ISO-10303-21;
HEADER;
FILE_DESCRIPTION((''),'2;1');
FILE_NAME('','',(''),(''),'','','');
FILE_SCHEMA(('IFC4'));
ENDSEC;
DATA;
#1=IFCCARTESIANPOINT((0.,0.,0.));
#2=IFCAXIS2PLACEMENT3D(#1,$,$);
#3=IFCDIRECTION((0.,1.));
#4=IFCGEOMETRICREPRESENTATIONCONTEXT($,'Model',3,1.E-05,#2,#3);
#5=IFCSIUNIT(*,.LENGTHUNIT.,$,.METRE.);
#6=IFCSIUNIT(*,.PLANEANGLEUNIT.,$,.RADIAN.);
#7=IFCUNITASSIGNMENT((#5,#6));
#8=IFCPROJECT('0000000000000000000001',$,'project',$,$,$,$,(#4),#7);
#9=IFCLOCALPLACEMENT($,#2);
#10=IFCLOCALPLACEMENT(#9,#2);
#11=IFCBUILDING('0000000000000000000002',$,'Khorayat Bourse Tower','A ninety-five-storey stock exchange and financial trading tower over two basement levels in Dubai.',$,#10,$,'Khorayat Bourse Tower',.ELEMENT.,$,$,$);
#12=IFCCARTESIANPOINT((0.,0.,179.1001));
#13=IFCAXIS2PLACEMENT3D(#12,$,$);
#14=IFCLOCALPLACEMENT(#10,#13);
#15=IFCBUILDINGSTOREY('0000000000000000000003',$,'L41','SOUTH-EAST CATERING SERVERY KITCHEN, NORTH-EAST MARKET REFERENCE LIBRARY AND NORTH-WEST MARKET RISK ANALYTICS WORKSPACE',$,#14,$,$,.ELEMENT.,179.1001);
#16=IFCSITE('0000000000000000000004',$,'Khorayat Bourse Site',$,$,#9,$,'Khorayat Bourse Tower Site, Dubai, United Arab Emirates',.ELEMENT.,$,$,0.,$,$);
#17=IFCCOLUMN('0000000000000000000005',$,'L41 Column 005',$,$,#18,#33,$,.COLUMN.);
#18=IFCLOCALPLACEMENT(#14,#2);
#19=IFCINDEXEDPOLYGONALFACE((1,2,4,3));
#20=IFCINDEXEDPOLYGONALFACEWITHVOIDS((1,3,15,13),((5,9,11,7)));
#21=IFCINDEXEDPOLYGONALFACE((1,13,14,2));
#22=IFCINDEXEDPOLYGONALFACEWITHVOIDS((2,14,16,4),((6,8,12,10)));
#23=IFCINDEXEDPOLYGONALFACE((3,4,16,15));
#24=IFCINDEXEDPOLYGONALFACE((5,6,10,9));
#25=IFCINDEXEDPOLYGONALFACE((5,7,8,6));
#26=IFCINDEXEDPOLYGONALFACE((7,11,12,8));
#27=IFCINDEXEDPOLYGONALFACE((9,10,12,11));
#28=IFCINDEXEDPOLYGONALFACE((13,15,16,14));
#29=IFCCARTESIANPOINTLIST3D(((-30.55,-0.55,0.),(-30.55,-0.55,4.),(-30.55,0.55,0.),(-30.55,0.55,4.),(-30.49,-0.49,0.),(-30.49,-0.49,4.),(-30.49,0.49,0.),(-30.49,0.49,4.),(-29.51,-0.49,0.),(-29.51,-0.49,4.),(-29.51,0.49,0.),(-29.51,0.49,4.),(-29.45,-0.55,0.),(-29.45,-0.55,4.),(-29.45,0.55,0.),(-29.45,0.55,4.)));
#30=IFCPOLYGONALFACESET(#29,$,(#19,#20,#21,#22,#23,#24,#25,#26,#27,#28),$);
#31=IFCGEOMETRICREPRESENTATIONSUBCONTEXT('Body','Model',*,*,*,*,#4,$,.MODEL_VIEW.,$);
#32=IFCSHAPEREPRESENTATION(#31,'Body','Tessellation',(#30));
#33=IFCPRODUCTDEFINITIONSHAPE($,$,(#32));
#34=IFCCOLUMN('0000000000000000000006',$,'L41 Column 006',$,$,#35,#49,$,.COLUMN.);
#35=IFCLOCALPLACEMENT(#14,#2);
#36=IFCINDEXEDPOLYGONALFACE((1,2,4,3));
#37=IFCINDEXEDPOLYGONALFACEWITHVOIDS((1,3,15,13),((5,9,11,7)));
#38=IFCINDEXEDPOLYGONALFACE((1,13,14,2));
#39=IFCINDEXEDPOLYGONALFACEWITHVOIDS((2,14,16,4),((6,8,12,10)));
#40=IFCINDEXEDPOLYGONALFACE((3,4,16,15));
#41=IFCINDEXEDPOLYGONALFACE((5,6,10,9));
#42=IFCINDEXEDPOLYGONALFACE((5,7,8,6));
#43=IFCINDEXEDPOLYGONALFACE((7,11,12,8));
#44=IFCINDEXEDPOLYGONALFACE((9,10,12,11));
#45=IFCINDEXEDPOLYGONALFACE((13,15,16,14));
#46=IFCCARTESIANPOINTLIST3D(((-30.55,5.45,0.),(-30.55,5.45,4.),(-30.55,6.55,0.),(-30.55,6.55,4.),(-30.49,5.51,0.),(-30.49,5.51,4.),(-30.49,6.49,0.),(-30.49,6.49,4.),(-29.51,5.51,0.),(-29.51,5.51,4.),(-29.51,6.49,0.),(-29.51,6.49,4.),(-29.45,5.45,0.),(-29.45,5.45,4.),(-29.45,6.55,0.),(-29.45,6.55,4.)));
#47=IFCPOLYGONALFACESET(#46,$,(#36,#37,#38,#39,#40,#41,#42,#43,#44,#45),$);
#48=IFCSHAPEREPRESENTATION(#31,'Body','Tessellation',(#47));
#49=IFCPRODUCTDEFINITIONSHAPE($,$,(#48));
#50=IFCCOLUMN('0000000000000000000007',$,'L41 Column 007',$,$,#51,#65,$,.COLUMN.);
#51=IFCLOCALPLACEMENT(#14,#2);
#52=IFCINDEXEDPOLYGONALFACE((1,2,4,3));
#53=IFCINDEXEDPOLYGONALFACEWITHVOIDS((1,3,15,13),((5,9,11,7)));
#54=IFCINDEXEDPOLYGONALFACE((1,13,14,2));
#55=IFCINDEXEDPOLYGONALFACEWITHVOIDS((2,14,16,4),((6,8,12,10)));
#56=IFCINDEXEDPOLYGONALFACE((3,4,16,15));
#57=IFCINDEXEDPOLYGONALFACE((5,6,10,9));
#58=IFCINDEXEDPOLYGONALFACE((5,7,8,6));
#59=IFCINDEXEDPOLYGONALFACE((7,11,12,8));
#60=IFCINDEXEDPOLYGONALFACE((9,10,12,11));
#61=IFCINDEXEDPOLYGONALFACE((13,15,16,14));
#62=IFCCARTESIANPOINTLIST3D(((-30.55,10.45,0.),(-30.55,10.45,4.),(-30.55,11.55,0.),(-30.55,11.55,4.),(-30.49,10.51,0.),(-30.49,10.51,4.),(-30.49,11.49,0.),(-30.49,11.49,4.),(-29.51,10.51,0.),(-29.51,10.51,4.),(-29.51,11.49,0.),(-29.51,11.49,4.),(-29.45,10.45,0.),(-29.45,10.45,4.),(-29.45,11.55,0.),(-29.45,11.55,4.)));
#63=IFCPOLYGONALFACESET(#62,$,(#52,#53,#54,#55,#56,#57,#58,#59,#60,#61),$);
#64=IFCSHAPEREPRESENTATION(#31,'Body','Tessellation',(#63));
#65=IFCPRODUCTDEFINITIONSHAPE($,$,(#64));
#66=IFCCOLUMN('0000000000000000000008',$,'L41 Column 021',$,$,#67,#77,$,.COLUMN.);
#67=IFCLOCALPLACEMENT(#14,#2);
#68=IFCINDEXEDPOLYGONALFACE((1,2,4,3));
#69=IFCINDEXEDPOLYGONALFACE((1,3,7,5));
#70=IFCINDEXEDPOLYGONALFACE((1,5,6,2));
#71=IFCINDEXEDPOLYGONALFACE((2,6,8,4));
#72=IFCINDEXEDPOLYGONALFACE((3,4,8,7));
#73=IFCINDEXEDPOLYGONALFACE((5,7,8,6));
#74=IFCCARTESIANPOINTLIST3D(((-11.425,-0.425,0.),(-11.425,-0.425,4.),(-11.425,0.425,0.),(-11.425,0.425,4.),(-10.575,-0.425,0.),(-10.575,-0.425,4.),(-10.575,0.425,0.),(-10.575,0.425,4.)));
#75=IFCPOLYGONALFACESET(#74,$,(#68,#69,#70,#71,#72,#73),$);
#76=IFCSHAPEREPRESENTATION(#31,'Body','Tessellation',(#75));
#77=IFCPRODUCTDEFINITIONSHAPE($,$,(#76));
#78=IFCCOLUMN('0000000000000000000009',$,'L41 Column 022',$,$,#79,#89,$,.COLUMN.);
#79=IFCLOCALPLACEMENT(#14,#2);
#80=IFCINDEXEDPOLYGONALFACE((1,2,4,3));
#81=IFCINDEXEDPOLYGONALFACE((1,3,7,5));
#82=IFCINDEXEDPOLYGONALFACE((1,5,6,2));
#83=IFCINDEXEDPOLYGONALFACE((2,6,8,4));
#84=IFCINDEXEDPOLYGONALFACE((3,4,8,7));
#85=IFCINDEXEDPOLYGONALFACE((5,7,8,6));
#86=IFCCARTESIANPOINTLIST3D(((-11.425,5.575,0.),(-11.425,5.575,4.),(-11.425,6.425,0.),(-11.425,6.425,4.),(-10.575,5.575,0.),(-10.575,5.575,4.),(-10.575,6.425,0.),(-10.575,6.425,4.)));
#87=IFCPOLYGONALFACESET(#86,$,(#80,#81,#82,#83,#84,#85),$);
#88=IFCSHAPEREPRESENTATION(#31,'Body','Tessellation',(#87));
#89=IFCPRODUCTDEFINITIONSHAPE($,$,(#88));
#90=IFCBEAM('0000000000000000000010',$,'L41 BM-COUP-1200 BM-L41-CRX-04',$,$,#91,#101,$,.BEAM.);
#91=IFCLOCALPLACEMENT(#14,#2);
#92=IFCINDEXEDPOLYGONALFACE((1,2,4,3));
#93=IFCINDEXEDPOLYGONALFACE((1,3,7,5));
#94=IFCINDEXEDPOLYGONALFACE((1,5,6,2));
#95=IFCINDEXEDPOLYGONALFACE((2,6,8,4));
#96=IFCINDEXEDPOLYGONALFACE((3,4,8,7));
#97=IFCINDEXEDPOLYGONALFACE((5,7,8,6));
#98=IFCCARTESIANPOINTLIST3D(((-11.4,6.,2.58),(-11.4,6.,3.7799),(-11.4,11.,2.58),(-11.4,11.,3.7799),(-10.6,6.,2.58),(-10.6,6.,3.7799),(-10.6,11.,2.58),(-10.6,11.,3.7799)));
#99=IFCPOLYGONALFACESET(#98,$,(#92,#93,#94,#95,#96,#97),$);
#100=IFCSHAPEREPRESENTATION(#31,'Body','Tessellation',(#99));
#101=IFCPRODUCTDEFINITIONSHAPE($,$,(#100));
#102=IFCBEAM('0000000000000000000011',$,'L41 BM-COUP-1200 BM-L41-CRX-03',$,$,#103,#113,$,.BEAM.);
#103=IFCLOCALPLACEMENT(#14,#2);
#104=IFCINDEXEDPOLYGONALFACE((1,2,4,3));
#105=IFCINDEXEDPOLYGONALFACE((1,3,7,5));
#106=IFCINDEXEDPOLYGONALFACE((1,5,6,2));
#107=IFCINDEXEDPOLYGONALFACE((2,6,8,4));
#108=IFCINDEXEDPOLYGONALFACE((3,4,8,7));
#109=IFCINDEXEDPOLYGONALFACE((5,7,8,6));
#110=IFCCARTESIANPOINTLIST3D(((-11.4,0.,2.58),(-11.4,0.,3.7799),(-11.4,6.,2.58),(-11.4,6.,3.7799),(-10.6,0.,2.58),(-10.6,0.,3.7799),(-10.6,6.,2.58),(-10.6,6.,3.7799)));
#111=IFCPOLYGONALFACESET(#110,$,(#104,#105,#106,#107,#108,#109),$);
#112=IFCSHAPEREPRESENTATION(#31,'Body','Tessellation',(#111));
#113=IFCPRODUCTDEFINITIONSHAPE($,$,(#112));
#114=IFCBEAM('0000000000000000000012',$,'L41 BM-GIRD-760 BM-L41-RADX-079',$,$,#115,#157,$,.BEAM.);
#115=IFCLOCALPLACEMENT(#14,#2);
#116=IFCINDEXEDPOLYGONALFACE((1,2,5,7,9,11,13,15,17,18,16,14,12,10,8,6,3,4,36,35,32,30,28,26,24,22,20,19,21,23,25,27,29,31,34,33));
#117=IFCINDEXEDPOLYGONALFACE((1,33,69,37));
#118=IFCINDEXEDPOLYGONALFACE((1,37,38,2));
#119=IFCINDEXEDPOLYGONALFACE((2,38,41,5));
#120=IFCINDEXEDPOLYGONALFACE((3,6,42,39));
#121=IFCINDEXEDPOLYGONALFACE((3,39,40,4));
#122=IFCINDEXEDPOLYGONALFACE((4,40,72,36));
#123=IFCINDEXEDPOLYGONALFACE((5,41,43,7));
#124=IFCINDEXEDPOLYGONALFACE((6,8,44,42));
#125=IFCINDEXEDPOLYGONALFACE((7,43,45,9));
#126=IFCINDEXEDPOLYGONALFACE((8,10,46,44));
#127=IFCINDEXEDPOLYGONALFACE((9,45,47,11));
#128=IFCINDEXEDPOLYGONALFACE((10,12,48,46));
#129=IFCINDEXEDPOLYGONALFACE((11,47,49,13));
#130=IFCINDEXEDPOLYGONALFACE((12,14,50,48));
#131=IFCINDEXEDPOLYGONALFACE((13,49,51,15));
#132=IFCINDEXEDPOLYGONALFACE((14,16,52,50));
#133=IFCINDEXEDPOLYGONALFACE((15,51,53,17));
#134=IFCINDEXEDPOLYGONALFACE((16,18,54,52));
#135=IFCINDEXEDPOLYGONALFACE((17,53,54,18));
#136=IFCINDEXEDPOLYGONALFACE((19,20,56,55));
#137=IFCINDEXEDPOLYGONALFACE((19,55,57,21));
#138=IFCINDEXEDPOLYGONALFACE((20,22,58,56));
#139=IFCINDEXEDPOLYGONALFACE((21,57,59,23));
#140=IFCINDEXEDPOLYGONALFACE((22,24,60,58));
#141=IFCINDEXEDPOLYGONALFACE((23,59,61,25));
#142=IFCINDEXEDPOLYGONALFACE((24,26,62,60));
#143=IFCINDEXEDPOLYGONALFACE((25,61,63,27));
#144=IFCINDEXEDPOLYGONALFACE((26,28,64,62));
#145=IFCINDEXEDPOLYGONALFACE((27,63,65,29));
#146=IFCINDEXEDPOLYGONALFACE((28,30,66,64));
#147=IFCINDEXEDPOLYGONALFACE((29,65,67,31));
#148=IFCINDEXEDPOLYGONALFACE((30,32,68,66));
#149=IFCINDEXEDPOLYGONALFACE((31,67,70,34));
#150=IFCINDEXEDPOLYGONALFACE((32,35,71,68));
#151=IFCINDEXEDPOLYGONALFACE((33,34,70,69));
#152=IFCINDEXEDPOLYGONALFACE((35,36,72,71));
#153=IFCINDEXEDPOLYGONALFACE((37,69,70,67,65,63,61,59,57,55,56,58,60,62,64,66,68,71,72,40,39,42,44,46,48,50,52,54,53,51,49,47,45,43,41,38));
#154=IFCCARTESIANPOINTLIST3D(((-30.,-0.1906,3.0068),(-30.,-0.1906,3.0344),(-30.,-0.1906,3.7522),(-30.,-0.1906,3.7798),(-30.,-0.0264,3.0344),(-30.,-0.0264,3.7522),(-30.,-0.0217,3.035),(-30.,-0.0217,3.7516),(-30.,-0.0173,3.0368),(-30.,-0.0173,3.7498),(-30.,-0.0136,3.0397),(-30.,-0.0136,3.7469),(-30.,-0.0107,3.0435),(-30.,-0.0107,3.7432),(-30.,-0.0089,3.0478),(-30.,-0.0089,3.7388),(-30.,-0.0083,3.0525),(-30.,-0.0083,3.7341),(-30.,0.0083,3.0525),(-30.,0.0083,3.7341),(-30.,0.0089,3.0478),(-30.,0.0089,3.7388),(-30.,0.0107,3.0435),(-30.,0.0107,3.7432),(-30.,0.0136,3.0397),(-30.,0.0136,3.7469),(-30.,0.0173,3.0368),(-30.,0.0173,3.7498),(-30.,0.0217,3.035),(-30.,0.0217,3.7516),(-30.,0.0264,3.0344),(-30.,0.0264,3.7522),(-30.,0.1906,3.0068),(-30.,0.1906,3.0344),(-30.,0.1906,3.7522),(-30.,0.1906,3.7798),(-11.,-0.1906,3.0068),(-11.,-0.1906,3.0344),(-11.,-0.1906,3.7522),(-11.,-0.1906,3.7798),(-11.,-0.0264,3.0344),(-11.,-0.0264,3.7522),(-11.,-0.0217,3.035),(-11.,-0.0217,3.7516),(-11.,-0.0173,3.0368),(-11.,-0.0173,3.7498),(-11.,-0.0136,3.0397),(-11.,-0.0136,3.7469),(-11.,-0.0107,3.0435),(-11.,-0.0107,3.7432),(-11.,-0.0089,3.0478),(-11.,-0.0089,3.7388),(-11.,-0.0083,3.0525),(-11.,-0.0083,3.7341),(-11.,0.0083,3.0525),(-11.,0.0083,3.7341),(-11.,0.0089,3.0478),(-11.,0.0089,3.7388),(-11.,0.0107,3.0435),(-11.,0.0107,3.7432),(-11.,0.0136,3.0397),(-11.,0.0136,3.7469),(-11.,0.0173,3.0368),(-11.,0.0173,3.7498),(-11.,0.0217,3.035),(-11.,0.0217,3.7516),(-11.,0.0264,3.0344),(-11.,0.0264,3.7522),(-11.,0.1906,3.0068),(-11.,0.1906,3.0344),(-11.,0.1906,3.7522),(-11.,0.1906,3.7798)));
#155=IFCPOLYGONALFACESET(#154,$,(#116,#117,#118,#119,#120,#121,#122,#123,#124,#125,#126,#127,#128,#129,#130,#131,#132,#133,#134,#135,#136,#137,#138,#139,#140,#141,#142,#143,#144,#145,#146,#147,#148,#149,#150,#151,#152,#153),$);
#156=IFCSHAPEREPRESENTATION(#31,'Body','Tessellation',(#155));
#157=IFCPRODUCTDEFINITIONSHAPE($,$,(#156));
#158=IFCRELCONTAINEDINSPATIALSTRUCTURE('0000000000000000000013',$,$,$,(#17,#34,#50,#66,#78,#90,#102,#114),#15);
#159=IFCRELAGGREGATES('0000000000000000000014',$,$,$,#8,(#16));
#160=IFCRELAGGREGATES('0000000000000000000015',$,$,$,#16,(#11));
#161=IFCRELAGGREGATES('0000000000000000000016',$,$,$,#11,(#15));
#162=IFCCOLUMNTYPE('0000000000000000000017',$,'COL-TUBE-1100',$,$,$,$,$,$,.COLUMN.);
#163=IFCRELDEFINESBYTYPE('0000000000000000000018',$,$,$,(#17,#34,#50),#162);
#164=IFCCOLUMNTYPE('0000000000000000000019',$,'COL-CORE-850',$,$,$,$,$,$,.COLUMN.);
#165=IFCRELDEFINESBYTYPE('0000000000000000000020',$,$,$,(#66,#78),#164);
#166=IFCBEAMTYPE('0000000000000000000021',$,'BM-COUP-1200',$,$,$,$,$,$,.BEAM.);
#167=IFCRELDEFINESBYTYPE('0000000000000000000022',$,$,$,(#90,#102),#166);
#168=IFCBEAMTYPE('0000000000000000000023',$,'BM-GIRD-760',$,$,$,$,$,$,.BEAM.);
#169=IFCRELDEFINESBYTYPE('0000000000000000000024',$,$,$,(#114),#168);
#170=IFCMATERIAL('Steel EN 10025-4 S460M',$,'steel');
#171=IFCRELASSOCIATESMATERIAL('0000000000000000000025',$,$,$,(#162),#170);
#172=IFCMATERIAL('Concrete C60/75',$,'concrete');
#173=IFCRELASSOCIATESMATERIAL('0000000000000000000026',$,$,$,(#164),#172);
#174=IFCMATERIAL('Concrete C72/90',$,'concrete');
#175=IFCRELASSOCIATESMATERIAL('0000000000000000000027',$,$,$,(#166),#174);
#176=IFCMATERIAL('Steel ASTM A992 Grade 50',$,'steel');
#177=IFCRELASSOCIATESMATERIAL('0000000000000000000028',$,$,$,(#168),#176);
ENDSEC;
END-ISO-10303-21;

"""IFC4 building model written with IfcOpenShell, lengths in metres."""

from ifc_helpers import new_model, si_unit, direction, frame, origin, origin_2d, place, context, subcontext, project, spatial, rectangle, hollow_rectangle, i_section, extrude, source, transform, mapped, material, material_profile, profile_set, type_object, element, save


model = new_model("IFC4")

# Units and contexts
model_context = context("Model", 3, precision=1e-05, world=origin(), true_north=direction((0.0, 1.0)))
body_context = subcontext(model_context, "Body", "Model", "MODEL_VIEW")
ifc_project = project(units=[si_unit("LENGTHUNIT", "METRE"), si_unit("PLANEANGLEUNIT", "RADIAN")], contexts=[model_context])

# Site, building, storey
site_placement = place(None, origin())
site = spatial("IfcSite", under=ifc_project, at=site_placement, Name="Khorayat Bourse Site", LongName="Khorayat Bourse Tower Site, Dubai, United Arab Emirates", CompositionType="ELEMENT", RefElevation=0.0)
building_placement = place(site_placement, origin())
building = spatial("IfcBuilding", under=site, at=building_placement, Name="Khorayat Bourse Tower", Description="A ninety-five-storey stock exchange and financial trading tower over two basement levels in Dubai.", LongName="Khorayat Bourse Tower", CompositionType="ELEMENT")
storey_placement = place(building_placement, frame((0.0, 0.0, 179.1001)))
storey = spatial("IfcBuildingStorey", under=building, at=storey_placement, Name="L41", Description="SOUTH-EAST CATERING SERVERY KITCHEN, NORTH-EAST MARKET REFERENCE LIBRARY AND NORTH-WEST MARKET RISK ANALYTICS WORKSPACE", CompositionType="ELEMENT", Elevation=179.1001)

# Columns
ifc_material_1 = material(Name="Steel EN 10025-4 S460M", Category="steel")
ifc_material_profile_1 = material_profile(ifc_material_1, hollow_rectangle(XDim=1.1001, YDim=1.1001, WallThickness=0.0601, at=origin_2d()), Name="BOX 1100x1100x60")
ifc_profile_set_1 = profile_set([ifc_material_profile_1], Name="Steel EN 10025-4 S460M")
column_type_1 = type_object("IfcColumnType", Name="COL-TUBE-1100", PredefinedType="COLUMN", material=ifc_profile_set_1)
shared_shape_1 = source(origin(), body_context, "Body", "SweptSolid", [
    extrude(hollow_rectangle(XDim=1.1001, YDim=1.1001, WallThickness=0.0601, at=origin_2d()), origin(), (0.0, 0.0, 1.0), 4.0),
])
for number, where, z_axis, x_axis, name in (
    (1, (-30.0, 0.0, 0.0), (0.0, 0.0, 1.0), (1.0, 0.0, 0.0), "L41 Column 005"),
    (2, (-30.0, 6.0, 0.0), (0.0, 0.0, 1.0), (1.0, 0.0, 0.0), "L41 Column 006"),
    (3, (-30.0, 11.0, 0.0), (0.0, 0.0, 1.0), (1.0, 0.0, 0.0), "L41 Column 007"),
):
    element("IfcColumn", number, at=place(storey_placement, frame(where, z_axis=z_axis, x_axis=x_axis)), inside=storey, type_object=column_type_1, Name=name, PredefinedType="COLUMN", context=body_context, shape_type="MappedRepresentation", body=[
        mapped(shared_shape_1, transform((0.0, 0.0, 0.0), scale=1.0)),
    ])
ifc_material_2 = material(Name="Concrete C60/75", Category="concrete")
ifc_material_profile_2 = material_profile(ifc_material_2, rectangle(XDim=0.8501, YDim=0.8501, at=origin_2d()), Name="RC 850x850")
ifc_profile_set_2 = profile_set([ifc_material_profile_2], Name="Concrete C60/75")
column_type_2 = type_object("IfcColumnType", Name="COL-CORE-850", PredefinedType="COLUMN", material=ifc_profile_set_2)
shared_shape_2 = source(origin(), body_context, "Body", "SweptSolid", [
    extrude(rectangle(XDim=0.8501, YDim=0.8501, at=origin_2d()), origin(), (0.0, 0.0, 1.0), 4.0),
])
for number, where, z_axis, x_axis, name in (
    (4, (-11.0, 0.0, 0.0), (0.0, 0.0, 1.0), (1.0, 0.0, 0.0), "L41 Column 021"),
    (5, (-11.0, 6.0, 0.0), (0.0, 0.0, 1.0), (1.0, 0.0, 0.0), "L41 Column 022"),
):
    element("IfcColumn", number, at=place(storey_placement, frame(where, z_axis=z_axis, x_axis=x_axis)), inside=storey, type_object=column_type_2, Name=name, PredefinedType="COLUMN", context=body_context, shape_type="MappedRepresentation", body=[
        mapped(shared_shape_2, transform((0.0, 0.0, 0.0), scale=1.0)),
    ])

# Beams
ifc_material_3 = material(Name="Concrete C72/90", Category="concrete")
ifc_material_profile_3 = material_profile(ifc_material_3, rectangle(XDim=0.8, YDim=1.2, at=origin_2d()), Name="RC 800x1200")
ifc_profile_set_3 = profile_set([ifc_material_profile_3], Name="Concrete C72/90")
beam_type_1 = type_object("IfcBeamType", Name="BM-COUP-1200", PredefinedType="BEAM", material=ifc_profile_set_3)
shared_shape_3 = source(origin(), body_context, "Body", "SweptSolid", [
    extrude(rectangle(XDim=0.8, YDim=1.2, at=origin_2d()), origin(), (0.0, 0.0, 1.0), 5.0),
])
beam_1_placement = place(storey_placement, frame((-11.0, 6.0, 3.1799), z_axis=(0.0, 1.0, 0.0), x_axis=(-1.0, 0.0, 0.0)))
element("IfcBeam", 6, at=beam_1_placement, inside=storey, type_object=beam_type_1, Name="L41 BM-COUP-1200 BM-L41-CRX-04", PredefinedType="BEAM", context=body_context, shape_type="MappedRepresentation", body=[
    mapped(shared_shape_3, transform((0.0, 0.0, 0.0), scale=1.0)),
])
shared_shape_4 = source(origin(), body_context, "Body", "SweptSolid", [
    extrude(rectangle(XDim=0.8, YDim=1.2, at=origin_2d()), origin(), (0.0, 0.0, 1.0), 6.0),
])
beam_2_placement = place(storey_placement, frame((-11.0, 0.0, 3.1799), z_axis=(0.0, 1.0, 0.0), x_axis=(-1.0, 0.0, 0.0)))
element("IfcBeam", 7, at=beam_2_placement, inside=storey, type_object=beam_type_1, Name="L41 BM-COUP-1200 BM-L41-CRX-03", PredefinedType="BEAM", context=body_context, shape_type="MappedRepresentation", body=[
    mapped(shared_shape_4, transform((0.0, 0.0, 0.0), scale=1.0)),
])
ifc_material_4 = material(Name="Steel ASTM A992 Grade 50", Category="steel")
ifc_material_profile_4 = material_profile(ifc_material_4, i_section(OverallWidth=0.3811, OverallDepth=0.7729, WebThickness=0.0166, FlangeThickness=0.0276, FilletRadius=0.0181, at=origin_2d()), Name="W760X257")
ifc_profile_set_4 = profile_set([ifc_material_profile_4], Name="Steel ASTM A992 Grade 50")
beam_type_2 = type_object("IfcBeamType", Name="BM-GIRD-760", PredefinedType="BEAM", material=ifc_profile_set_4)
shared_shape_5 = source(origin(), body_context, "Body", "SweptSolid", [
    extrude(i_section(OverallWidth=0.3811, OverallDepth=0.7729, WebThickness=0.0166, FlangeThickness=0.0276, FilletRadius=0.0181, at=origin_2d()), origin(), (0.0, 0.0, 1.0), 19.0),
])
for number, where, z_axis, x_axis, name in (
    (8, (-30.0, 0.0, 3.3933), (1.0, 0.0, 0.0), (0.0, 1.0, 0.0), "L41 BM-GIRD-760 BM-L41-RADX-079"),
):
    element("IfcBeam", number, at=place(storey_placement, frame(where, z_axis=z_axis, x_axis=x_axis)), inside=storey, type_object=beam_type_2, Name=name, PredefinedType="BEAM", context=body_context, shape_type="MappedRepresentation", body=[
        mapped(shared_shape_5, transform((0.0, 0.0, 0.0), scale=1.0)),
    ])

save(model, "model.ifc")
